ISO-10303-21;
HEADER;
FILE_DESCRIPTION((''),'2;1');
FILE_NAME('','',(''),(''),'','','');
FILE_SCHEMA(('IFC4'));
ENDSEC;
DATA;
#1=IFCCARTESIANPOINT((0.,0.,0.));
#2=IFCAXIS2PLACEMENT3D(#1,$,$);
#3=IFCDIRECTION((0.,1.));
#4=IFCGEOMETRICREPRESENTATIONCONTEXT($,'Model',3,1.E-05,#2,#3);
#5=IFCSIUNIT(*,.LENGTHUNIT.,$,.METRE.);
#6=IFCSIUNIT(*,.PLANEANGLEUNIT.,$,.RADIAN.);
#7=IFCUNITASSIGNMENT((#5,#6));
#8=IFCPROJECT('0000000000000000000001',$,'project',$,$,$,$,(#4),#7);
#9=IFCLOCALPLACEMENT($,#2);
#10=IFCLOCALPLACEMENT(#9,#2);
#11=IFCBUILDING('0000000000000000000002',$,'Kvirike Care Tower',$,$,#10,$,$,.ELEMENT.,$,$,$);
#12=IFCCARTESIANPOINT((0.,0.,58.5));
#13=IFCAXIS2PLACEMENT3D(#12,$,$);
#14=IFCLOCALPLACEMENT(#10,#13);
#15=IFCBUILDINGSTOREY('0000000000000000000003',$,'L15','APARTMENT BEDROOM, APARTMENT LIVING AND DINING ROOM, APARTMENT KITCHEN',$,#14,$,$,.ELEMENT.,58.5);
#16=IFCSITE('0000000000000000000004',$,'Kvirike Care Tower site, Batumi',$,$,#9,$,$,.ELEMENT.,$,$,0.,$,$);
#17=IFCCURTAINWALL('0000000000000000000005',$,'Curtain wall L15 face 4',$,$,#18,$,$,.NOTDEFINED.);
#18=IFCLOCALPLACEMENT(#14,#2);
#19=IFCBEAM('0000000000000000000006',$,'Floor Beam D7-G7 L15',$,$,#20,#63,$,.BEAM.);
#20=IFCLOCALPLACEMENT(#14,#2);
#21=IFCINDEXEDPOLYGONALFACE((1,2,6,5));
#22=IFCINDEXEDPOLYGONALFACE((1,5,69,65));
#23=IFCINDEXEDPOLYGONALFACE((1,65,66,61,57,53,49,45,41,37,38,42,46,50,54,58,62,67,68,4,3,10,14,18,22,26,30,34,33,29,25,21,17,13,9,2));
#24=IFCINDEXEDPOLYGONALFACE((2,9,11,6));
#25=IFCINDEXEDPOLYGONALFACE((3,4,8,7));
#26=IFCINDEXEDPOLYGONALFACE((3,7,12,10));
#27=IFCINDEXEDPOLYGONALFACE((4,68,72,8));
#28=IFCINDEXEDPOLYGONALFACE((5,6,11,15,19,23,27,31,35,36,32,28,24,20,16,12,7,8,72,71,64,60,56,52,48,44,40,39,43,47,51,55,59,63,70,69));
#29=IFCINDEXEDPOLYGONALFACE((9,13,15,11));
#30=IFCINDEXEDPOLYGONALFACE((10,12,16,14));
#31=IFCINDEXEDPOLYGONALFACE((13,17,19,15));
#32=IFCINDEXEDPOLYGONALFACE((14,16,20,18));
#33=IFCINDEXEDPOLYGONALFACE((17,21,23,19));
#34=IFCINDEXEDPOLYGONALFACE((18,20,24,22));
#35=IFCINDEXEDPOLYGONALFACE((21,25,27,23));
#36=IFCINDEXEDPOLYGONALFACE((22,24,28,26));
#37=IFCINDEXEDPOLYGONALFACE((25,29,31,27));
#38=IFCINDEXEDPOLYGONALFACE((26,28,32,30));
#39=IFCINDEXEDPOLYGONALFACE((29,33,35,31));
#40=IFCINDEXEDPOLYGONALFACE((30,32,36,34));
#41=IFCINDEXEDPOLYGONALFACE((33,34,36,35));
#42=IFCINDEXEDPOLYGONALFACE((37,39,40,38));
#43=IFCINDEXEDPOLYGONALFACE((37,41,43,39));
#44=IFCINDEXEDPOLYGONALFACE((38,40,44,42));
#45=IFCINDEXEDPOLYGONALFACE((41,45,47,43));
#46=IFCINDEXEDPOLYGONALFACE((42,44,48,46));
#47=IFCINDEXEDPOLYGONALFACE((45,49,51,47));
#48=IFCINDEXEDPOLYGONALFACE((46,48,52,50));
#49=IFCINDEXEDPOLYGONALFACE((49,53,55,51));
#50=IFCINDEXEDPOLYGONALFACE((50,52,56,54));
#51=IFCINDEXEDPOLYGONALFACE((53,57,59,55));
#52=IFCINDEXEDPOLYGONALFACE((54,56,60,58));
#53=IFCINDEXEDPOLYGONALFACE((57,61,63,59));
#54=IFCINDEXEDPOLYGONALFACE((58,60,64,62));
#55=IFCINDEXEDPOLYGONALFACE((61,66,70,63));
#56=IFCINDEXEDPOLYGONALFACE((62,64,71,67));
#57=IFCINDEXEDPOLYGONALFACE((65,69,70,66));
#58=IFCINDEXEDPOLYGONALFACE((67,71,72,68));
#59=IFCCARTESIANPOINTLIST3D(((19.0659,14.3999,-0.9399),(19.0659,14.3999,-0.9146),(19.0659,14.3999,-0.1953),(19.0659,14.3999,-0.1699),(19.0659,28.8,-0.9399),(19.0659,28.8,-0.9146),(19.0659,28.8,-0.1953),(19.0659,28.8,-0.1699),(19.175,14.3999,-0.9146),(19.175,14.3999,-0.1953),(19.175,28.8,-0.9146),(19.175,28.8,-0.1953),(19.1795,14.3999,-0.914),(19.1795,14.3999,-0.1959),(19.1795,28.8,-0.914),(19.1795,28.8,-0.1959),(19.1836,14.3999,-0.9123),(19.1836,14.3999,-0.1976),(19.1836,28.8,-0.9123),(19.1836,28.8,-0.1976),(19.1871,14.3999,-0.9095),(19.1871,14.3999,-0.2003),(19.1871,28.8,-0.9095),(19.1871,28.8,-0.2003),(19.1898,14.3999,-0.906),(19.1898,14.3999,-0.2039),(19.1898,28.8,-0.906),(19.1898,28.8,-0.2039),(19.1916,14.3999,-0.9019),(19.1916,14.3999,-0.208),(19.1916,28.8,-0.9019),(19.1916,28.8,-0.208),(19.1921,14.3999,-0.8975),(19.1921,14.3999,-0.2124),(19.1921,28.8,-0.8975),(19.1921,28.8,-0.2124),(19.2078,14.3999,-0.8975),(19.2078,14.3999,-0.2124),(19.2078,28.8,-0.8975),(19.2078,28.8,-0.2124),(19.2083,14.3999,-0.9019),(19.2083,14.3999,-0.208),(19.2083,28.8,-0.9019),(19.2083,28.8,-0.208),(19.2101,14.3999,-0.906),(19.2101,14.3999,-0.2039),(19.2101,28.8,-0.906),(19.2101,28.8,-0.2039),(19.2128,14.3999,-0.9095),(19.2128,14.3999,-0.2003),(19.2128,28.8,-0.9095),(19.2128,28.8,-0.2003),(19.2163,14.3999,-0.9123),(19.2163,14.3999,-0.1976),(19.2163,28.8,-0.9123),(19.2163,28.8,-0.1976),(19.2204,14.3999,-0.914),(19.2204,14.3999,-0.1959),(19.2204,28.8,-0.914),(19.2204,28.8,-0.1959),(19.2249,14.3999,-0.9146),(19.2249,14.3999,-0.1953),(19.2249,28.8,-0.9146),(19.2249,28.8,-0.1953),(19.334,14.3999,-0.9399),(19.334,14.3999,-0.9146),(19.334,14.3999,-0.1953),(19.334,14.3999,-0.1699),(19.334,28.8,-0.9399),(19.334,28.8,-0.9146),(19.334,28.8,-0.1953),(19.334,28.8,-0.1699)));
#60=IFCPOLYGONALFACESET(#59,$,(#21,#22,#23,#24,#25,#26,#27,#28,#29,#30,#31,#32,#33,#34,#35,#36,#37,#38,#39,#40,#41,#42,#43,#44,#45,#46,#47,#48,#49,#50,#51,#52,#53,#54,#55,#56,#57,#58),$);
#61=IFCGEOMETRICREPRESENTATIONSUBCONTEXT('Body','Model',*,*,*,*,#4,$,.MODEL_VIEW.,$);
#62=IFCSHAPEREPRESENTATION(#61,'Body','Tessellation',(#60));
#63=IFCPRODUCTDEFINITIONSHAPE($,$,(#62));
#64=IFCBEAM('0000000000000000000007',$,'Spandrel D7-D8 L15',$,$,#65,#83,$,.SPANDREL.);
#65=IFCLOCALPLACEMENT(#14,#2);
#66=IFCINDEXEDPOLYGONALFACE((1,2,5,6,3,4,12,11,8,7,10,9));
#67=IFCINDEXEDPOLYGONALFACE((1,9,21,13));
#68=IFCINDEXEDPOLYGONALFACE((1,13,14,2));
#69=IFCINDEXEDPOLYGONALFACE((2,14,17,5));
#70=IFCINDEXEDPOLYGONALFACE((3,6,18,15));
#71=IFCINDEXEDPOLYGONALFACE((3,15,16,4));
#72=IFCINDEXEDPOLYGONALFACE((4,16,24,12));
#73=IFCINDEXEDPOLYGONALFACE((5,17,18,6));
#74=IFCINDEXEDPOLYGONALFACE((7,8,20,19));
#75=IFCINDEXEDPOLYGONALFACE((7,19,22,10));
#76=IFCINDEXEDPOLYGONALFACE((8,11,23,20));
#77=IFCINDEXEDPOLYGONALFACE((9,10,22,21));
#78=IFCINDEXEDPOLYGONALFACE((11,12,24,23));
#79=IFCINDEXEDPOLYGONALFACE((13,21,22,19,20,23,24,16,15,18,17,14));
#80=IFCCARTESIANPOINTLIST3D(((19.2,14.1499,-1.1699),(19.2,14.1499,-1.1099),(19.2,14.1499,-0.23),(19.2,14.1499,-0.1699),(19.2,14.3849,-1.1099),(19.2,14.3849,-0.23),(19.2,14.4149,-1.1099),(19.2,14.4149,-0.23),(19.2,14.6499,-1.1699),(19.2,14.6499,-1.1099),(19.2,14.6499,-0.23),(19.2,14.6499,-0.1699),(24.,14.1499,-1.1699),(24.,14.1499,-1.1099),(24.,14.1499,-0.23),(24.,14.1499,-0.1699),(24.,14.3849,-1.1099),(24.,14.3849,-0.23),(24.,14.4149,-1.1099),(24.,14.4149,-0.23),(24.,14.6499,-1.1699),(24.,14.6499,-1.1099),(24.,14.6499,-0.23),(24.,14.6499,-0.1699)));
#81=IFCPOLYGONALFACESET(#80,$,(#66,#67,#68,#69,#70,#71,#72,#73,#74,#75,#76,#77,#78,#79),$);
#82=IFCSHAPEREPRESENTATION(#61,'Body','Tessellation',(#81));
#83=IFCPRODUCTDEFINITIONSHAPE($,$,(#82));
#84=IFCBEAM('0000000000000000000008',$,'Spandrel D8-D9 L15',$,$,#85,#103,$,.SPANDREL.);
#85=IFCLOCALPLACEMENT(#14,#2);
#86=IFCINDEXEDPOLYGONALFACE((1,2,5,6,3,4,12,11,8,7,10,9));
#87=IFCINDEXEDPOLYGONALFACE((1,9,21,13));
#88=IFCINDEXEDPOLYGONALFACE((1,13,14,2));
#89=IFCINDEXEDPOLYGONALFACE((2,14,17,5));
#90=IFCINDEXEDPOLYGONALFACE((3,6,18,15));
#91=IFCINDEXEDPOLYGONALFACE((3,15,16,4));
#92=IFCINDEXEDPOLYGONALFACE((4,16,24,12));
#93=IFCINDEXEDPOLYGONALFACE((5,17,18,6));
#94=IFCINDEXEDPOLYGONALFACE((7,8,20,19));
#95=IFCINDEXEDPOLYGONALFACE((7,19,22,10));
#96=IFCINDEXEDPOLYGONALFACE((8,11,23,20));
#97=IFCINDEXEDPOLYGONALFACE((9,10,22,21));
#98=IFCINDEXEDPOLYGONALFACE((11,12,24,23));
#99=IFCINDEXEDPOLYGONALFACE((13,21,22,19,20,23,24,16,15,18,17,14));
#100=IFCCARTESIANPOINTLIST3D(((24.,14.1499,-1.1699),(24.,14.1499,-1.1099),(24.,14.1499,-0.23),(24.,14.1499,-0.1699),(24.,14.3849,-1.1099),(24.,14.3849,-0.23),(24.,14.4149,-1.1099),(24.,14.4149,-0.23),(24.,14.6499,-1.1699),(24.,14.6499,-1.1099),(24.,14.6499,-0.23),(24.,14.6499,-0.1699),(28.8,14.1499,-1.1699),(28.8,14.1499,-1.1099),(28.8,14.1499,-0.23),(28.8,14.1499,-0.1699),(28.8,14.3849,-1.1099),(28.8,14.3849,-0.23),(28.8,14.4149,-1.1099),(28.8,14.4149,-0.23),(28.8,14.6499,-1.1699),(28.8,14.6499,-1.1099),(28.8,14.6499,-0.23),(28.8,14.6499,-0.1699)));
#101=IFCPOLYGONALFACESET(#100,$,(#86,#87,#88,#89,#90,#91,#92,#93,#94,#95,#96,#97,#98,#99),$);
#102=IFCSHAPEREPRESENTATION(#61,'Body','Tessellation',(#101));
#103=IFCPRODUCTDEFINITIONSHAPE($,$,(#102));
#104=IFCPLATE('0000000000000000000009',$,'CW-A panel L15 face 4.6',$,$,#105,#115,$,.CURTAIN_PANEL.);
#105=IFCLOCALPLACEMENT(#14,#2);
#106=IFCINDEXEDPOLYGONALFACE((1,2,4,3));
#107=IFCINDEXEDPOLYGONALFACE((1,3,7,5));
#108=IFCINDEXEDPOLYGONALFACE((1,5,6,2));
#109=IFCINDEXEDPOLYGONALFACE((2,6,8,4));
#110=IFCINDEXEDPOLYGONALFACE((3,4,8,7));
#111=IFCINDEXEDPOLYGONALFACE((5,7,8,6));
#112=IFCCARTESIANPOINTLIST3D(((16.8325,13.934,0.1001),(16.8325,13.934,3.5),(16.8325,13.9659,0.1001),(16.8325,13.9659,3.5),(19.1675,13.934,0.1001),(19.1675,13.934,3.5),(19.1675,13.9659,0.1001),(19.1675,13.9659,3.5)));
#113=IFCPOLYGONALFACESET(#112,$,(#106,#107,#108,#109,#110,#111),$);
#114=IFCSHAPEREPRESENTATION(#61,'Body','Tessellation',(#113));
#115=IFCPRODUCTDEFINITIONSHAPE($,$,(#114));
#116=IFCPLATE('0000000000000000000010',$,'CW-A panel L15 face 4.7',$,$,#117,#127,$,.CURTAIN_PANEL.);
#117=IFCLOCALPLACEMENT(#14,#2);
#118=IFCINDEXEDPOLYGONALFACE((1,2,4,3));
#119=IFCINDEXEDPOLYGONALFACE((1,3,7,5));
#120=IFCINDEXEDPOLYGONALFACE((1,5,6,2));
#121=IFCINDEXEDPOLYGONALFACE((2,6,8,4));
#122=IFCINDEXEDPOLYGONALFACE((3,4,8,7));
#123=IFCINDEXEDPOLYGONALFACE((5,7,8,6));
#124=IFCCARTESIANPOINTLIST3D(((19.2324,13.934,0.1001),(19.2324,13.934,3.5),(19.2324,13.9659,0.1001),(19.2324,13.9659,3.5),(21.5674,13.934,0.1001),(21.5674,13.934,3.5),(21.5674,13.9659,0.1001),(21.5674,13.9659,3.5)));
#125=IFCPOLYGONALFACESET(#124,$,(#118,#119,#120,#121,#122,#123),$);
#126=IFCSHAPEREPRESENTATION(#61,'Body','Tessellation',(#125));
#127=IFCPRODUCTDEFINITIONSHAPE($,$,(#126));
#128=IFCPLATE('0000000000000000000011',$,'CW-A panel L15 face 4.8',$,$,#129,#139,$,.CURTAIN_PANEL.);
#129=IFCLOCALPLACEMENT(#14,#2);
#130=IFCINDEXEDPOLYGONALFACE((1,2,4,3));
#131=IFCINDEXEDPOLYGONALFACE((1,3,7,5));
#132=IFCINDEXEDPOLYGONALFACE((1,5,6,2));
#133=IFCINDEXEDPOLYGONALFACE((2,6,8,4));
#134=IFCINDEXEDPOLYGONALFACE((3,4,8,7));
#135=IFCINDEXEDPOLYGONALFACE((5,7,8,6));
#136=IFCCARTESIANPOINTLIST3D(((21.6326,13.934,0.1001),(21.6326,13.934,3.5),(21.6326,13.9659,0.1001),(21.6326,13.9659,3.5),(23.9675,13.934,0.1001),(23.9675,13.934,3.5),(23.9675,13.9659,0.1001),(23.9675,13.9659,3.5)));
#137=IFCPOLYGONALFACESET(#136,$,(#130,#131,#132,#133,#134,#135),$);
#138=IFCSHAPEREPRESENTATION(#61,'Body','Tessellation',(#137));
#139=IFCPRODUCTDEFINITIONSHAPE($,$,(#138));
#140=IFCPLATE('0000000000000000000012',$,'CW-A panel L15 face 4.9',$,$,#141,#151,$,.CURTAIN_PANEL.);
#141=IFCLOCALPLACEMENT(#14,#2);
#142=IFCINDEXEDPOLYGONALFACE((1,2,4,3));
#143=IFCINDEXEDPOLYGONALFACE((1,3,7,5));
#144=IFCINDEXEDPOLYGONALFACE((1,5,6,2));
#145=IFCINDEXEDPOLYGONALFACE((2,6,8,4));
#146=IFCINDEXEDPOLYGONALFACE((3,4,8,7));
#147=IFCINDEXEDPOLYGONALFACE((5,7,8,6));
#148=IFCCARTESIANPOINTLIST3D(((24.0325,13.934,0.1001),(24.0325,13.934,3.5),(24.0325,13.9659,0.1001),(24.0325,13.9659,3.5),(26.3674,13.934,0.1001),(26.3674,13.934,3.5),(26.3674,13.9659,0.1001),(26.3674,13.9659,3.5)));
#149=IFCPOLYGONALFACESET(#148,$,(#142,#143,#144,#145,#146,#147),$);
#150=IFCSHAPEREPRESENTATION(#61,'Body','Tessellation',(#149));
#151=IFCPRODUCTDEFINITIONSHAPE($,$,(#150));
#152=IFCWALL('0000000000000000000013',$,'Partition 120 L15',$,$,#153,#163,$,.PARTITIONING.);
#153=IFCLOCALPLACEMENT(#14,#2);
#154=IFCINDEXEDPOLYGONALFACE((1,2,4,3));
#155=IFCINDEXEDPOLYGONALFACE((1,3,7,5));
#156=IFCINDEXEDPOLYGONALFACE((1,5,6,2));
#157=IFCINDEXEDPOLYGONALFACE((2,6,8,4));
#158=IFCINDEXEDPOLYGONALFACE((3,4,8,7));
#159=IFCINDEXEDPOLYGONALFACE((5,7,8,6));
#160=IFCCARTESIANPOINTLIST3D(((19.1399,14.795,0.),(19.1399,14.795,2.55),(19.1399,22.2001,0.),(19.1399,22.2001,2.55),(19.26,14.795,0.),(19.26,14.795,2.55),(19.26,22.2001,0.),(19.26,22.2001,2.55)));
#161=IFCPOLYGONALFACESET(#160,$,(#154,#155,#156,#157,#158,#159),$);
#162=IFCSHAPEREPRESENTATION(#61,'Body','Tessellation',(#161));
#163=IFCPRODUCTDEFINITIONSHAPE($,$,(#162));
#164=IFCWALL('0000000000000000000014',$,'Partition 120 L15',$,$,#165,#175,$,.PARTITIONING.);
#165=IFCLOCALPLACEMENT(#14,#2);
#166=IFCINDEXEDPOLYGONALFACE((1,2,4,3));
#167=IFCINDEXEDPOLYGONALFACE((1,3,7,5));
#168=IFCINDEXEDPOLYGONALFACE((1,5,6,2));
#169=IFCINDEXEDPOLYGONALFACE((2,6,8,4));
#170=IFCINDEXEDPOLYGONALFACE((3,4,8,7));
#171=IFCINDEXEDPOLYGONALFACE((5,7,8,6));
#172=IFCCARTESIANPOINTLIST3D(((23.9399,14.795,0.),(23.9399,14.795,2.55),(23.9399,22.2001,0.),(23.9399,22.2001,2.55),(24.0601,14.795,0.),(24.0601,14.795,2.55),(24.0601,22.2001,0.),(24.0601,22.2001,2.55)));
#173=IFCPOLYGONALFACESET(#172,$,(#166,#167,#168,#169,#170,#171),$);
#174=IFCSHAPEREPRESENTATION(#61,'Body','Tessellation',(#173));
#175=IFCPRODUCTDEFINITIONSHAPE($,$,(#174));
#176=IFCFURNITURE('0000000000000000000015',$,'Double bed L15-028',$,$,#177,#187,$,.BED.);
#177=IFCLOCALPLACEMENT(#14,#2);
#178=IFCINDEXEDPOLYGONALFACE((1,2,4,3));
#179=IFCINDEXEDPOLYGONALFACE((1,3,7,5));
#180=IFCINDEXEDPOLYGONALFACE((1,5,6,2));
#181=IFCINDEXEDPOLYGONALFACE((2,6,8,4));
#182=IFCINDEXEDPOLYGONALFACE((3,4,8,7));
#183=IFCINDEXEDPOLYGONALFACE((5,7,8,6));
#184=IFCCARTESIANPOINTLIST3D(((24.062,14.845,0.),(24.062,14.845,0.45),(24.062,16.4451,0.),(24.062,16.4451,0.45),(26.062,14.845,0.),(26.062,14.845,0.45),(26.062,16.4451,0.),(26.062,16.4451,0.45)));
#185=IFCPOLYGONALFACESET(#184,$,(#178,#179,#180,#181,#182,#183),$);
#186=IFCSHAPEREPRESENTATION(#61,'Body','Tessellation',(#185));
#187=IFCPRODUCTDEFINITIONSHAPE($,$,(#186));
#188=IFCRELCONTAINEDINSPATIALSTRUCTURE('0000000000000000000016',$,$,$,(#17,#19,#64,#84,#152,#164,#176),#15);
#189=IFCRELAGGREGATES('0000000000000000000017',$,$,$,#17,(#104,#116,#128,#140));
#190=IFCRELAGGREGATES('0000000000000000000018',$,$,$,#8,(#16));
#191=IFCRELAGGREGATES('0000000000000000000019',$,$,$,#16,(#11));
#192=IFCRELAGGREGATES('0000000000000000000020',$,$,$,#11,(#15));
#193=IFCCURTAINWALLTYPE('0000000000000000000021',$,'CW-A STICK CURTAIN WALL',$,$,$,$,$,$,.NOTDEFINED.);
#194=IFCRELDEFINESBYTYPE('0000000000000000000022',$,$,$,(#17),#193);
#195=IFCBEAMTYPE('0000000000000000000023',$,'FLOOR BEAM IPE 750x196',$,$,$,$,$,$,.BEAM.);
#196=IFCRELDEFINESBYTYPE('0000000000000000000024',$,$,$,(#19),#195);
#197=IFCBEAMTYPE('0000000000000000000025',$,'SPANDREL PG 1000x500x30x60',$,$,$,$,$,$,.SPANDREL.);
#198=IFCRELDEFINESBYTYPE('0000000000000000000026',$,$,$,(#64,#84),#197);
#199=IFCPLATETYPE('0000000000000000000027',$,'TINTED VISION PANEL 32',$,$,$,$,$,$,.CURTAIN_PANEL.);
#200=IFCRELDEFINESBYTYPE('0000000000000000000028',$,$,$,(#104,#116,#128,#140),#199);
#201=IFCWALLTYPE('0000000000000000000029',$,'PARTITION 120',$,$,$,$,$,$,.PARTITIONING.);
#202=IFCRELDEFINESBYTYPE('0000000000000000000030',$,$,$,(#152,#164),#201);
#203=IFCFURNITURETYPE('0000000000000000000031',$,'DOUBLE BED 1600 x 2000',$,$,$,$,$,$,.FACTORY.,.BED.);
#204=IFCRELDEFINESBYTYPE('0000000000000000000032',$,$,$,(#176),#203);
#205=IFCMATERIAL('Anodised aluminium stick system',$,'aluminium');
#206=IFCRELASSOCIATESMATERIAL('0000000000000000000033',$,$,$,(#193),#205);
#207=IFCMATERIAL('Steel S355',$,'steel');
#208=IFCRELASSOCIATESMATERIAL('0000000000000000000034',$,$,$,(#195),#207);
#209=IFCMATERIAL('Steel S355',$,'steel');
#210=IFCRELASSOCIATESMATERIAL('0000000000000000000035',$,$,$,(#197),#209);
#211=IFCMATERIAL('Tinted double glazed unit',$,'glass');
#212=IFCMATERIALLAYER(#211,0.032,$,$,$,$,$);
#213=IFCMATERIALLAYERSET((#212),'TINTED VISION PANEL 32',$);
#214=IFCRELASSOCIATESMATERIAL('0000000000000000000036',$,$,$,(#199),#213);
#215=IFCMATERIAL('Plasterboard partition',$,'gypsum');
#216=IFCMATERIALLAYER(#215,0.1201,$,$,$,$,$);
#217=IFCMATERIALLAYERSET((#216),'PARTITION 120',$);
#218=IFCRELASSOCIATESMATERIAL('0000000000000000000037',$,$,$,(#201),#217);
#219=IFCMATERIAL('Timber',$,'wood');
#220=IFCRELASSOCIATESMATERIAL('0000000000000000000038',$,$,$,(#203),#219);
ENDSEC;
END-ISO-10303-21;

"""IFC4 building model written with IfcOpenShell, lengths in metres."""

from ifc_helpers import new_model, si_unit, direction, frame, frame_2d, origin, origin_2d, place, context, subcontext, project, spatial, rectangle, i_section, extrude, material, layer, layer_set, material_profile, profile_set, type_object, element, aggregate, save


model = new_model("IFC4")

# Units and contexts
model_context = context("Model", 3, precision=1e-05, world=origin(), true_north=direction((0.0, 1.0)))
body_context = subcontext(model_context, "Body", "Model", "MODEL_VIEW")
ifc_project = project(units=[si_unit("LENGTHUNIT", "METRE"), si_unit("PLANEANGLEUNIT", "RADIAN")], contexts=[model_context])

# Site, building, storey
site_placement = place(None, origin())
site = spatial("IfcSite", under=ifc_project, at=site_placement, Name="Kvirike Care Tower site, Batumi", CompositionType="ELEMENT", RefElevation=0.0)
building_placement = place(site_placement, origin())
building = spatial("IfcBuilding", under=site, at=building_placement, Name="Kvirike Care Tower", CompositionType="ELEMENT")
storey_placement = place(building_placement, frame((0.0, 0.0, 58.5)))
storey = spatial("IfcBuildingStorey", under=building, at=storey_placement, Name="L15", Description="APARTMENT BEDROOM, APARTMENT LIVING AND DINING ROOM, APARTMENT KITCHEN", CompositionType="ELEMENT", Elevation=58.5)

# Curtain wall
ifc_material_1 = material(Name="Anodised aluminium stick system", Category="aluminium")
curtain_wall_type = type_object("IfcCurtainWallType", Name="CW-A STICK CURTAIN WALL", PredefinedType="NOTDEFINED", material=ifc_material_1)
curtain_wall_placement = place(storey_placement, origin())
curtain_wall = element("IfcCurtainWall", 1, at=curtain_wall_placement, inside=storey, type_object=curtain_wall_type, Name="Curtain wall L15 face 4", PredefinedType="NOTDEFINED")

# Beams
ifc_material_2 = material(Name="Steel S355", Category="steel")
ifc_material_profile_1 = material_profile(ifc_material_2, i_section(OverallWidth=0.2681, OverallDepth=0.77, WebThickness=0.0156, FlangeThickness=0.0254, FilletRadius=0.0171, at=origin_2d()), Name="IPE 750x196")
ifc_profile_set_1 = profile_set([ifc_material_profile_1], Name="Steel S355")
beam_type_1 = type_object("IfcBeamType", Name="FLOOR BEAM IPE 750x196", PredefinedType="BEAM", material=ifc_profile_set_1)
beam_1_placement = place(storey_placement, frame((19.2, 14.3999, -0.5549), z_axis=(0.0, 1.0, 0.0), x_axis=(-1.0, 0.0, 0.0)))
element("IfcBeam", 2, at=beam_1_placement, inside=storey, type_object=beam_type_1, Name="Floor Beam D7-G7 L15", PredefinedType="BEAM", context=body_context, shape_type="SweptSolid", body=[
    extrude(i_section(OverallWidth=0.2681, OverallDepth=0.77, WebThickness=0.0156, FlangeThickness=0.0254, FilletRadius=0.0171, at=origin_2d()), origin(), (0.0, 0.0, 1.0), 14.4001),
])
ifc_material_3 = material(Name="Steel S355", Category="steel")
ifc_material_profile_2 = material_profile(ifc_material_3, i_section(OverallWidth=0.5, OverallDepth=1.0, WebThickness=0.03, FlangeThickness=0.0601, at=origin_2d()), Name="PG 1000x500x30x60")
ifc_profile_set_2 = profile_set([ifc_material_profile_2], Name="Steel S355")
beam_type_2 = type_object("IfcBeamType", Name="SPANDREL PG 1000x500x30x60", PredefinedType="SPANDREL", material=ifc_profile_set_2)
for number, where, z_axis, x_axis, name in (
    (3, (19.2, 14.3999, -0.6699), (1.0, 0.0, 0.0), (0.0, 1.0, 0.0), "Spandrel D7-D8 L15"),
    (4, (24.0, 14.3999, -0.6699), (1.0, 0.0, 0.0), (0.0, 1.0, 0.0), "Spandrel D8-D9 L15"),
):
    element("IfcBeam", number, at=place(storey_placement, frame(where, z_axis=z_axis, x_axis=x_axis)), inside=storey, type_object=beam_type_2, Name=name, PredefinedType="SPANDREL", context=body_context, shape_type="SweptSolid", body=[
        extrude(i_section(OverallWidth=0.5, OverallDepth=1.0, WebThickness=0.03, FlangeThickness=0.0601, at=origin_2d()), origin(), (0.0, 0.0, 1.0), 4.8),
    ])

# Plates
ifc_material_4 = material(Name="Tinted double glazed unit", Category="glass")
ifc_layer_1 = layer(ifc_material_4, 0.032)
ifc_layer_set_1 = layer_set([ifc_layer_1], Name="TINTED VISION PANEL 32")
plate_type = type_object("IfcPlateType", Name="TINTED VISION PANEL 32", PredefinedType="CURTAIN_PANEL", material=ifc_layer_set_1)
plate_1_placement = place(storey_placement, frame((18.0, 13.95, 0.1001), z_axis=(0.0, 0.0, 1.0), x_axis=(1.0, 0.0, 0.0)))
plate_1 = element("IfcPlate", 5, at=plate_1_placement, type_object=plate_type, Name="CW-A panel L15 face 4.6", PredefinedType="CURTAIN_PANEL", context=body_context, shape_type="SweptSolid", body=[
    extrude(rectangle(XDim=2.335, YDim=0.032, at=origin_2d()), origin(), (0.0, 0.0, 1.0), 3.3999),
])
plate_2_placement = place(storey_placement, frame((20.3999, 13.95, 0.1001), z_axis=(0.0, 0.0, 1.0), x_axis=(1.0, 0.0, 0.0)))
plate_2 = element("IfcPlate", 6, at=plate_2_placement, type_object=plate_type, Name="CW-A panel L15 face 4.7", PredefinedType="CURTAIN_PANEL", context=body_context, shape_type="SweptSolid", body=[
    extrude(rectangle(XDim=2.335, YDim=0.032, at=origin_2d()), origin(), (0.0, 0.0, 1.0), 3.3999),
])
plate_3_placement = place(storey_placement, frame((22.8, 13.95, 0.1001), z_axis=(0.0, 0.0, 1.0), x_axis=(1.0, 0.0, 0.0)))
plate_3 = element("IfcPlate", 7, at=plate_3_placement, type_object=plate_type, Name="CW-A panel L15 face 4.8", PredefinedType="CURTAIN_PANEL", context=body_context, shape_type="SweptSolid", body=[
    extrude(rectangle(XDim=2.335, YDim=0.032, at=origin_2d()), origin(), (0.0, 0.0, 1.0), 3.3999),
])
plate_4_placement = place(storey_placement, frame((25.2, 13.95, 0.1001), z_axis=(0.0, 0.0, 1.0), x_axis=(1.0, 0.0, 0.0)))
plate_4 = element("IfcPlate", 8, at=plate_4_placement, type_object=plate_type, Name="CW-A panel L15 face 4.9", PredefinedType="CURTAIN_PANEL", context=body_context, shape_type="SweptSolid", body=[
    extrude(rectangle(XDim=2.335, YDim=0.032, at=origin_2d()), origin(), (0.0, 0.0, 1.0), 3.3999),
])
aggregate(curtain_wall, [plate_1, plate_2, plate_3, plate_4])

# Walls
ifc_material_5 = material(Name="Plasterboard partition", Category="gypsum")
ifc_layer_2 = layer(ifc_material_5, 0.1201)
ifc_layer_set_2 = layer_set([ifc_layer_2], Name="PARTITION 120")
wall_type = type_object("IfcWallType", Name="PARTITION 120", PredefinedType="PARTITIONING", material=ifc_layer_set_2)
for number, where, z_axis, x_axis, name in (
    (9, (19.2, 14.7949, 0.0), (0.0, 0.0, 1.0), (0.0, 1.0, 0.0), "Partition 120 L15"),
    (10, (24.0, 14.7949, 0.0), (0.0, 0.0, 1.0), (0.0, 1.0, 0.0), "Partition 120 L15"),
):
    element("IfcWall", number, at=place(storey_placement, frame(where, z_axis=z_axis, x_axis=x_axis)), inside=storey, type_object=wall_type, Name=name, PredefinedType="PARTITIONING", context=body_context, shape_type="SweptSolid", body=[
        extrude(rectangle(XDim=7.405, YDim=0.1201, at=frame_2d((3.7026, 0.0))), origin(), (0.0, 0.0, 1.0), 2.55),
    ])

# Furniture
ifc_material_6 = material(Name="Timber", Category="wood")
furniture_type = type_object("IfcFurnitureType", Name="DOUBLE BED 1600 x 2000", AssemblyPlace="FACTORY", PredefinedType="BED", material=ifc_material_6)
furniture_placement = place(storey_placement, frame((25.062, 15.645, 0.0), z_axis=(0.0, 0.0, 1.0), x_axis=(0.0, 1.0, 0.0)))
element("IfcFurniture", 11, at=furniture_placement, inside=storey, type_object=furniture_type, Name="Double bed L15-028", PredefinedType="BED", context=body_context, shape_type="SweptSolid", body=[
    extrude(rectangle(XDim=1.6001, YDim=2.0, at=origin_2d()), origin(), (0.0, 0.0, 1.0), 0.45),
])

save(model, "model.ifc")
